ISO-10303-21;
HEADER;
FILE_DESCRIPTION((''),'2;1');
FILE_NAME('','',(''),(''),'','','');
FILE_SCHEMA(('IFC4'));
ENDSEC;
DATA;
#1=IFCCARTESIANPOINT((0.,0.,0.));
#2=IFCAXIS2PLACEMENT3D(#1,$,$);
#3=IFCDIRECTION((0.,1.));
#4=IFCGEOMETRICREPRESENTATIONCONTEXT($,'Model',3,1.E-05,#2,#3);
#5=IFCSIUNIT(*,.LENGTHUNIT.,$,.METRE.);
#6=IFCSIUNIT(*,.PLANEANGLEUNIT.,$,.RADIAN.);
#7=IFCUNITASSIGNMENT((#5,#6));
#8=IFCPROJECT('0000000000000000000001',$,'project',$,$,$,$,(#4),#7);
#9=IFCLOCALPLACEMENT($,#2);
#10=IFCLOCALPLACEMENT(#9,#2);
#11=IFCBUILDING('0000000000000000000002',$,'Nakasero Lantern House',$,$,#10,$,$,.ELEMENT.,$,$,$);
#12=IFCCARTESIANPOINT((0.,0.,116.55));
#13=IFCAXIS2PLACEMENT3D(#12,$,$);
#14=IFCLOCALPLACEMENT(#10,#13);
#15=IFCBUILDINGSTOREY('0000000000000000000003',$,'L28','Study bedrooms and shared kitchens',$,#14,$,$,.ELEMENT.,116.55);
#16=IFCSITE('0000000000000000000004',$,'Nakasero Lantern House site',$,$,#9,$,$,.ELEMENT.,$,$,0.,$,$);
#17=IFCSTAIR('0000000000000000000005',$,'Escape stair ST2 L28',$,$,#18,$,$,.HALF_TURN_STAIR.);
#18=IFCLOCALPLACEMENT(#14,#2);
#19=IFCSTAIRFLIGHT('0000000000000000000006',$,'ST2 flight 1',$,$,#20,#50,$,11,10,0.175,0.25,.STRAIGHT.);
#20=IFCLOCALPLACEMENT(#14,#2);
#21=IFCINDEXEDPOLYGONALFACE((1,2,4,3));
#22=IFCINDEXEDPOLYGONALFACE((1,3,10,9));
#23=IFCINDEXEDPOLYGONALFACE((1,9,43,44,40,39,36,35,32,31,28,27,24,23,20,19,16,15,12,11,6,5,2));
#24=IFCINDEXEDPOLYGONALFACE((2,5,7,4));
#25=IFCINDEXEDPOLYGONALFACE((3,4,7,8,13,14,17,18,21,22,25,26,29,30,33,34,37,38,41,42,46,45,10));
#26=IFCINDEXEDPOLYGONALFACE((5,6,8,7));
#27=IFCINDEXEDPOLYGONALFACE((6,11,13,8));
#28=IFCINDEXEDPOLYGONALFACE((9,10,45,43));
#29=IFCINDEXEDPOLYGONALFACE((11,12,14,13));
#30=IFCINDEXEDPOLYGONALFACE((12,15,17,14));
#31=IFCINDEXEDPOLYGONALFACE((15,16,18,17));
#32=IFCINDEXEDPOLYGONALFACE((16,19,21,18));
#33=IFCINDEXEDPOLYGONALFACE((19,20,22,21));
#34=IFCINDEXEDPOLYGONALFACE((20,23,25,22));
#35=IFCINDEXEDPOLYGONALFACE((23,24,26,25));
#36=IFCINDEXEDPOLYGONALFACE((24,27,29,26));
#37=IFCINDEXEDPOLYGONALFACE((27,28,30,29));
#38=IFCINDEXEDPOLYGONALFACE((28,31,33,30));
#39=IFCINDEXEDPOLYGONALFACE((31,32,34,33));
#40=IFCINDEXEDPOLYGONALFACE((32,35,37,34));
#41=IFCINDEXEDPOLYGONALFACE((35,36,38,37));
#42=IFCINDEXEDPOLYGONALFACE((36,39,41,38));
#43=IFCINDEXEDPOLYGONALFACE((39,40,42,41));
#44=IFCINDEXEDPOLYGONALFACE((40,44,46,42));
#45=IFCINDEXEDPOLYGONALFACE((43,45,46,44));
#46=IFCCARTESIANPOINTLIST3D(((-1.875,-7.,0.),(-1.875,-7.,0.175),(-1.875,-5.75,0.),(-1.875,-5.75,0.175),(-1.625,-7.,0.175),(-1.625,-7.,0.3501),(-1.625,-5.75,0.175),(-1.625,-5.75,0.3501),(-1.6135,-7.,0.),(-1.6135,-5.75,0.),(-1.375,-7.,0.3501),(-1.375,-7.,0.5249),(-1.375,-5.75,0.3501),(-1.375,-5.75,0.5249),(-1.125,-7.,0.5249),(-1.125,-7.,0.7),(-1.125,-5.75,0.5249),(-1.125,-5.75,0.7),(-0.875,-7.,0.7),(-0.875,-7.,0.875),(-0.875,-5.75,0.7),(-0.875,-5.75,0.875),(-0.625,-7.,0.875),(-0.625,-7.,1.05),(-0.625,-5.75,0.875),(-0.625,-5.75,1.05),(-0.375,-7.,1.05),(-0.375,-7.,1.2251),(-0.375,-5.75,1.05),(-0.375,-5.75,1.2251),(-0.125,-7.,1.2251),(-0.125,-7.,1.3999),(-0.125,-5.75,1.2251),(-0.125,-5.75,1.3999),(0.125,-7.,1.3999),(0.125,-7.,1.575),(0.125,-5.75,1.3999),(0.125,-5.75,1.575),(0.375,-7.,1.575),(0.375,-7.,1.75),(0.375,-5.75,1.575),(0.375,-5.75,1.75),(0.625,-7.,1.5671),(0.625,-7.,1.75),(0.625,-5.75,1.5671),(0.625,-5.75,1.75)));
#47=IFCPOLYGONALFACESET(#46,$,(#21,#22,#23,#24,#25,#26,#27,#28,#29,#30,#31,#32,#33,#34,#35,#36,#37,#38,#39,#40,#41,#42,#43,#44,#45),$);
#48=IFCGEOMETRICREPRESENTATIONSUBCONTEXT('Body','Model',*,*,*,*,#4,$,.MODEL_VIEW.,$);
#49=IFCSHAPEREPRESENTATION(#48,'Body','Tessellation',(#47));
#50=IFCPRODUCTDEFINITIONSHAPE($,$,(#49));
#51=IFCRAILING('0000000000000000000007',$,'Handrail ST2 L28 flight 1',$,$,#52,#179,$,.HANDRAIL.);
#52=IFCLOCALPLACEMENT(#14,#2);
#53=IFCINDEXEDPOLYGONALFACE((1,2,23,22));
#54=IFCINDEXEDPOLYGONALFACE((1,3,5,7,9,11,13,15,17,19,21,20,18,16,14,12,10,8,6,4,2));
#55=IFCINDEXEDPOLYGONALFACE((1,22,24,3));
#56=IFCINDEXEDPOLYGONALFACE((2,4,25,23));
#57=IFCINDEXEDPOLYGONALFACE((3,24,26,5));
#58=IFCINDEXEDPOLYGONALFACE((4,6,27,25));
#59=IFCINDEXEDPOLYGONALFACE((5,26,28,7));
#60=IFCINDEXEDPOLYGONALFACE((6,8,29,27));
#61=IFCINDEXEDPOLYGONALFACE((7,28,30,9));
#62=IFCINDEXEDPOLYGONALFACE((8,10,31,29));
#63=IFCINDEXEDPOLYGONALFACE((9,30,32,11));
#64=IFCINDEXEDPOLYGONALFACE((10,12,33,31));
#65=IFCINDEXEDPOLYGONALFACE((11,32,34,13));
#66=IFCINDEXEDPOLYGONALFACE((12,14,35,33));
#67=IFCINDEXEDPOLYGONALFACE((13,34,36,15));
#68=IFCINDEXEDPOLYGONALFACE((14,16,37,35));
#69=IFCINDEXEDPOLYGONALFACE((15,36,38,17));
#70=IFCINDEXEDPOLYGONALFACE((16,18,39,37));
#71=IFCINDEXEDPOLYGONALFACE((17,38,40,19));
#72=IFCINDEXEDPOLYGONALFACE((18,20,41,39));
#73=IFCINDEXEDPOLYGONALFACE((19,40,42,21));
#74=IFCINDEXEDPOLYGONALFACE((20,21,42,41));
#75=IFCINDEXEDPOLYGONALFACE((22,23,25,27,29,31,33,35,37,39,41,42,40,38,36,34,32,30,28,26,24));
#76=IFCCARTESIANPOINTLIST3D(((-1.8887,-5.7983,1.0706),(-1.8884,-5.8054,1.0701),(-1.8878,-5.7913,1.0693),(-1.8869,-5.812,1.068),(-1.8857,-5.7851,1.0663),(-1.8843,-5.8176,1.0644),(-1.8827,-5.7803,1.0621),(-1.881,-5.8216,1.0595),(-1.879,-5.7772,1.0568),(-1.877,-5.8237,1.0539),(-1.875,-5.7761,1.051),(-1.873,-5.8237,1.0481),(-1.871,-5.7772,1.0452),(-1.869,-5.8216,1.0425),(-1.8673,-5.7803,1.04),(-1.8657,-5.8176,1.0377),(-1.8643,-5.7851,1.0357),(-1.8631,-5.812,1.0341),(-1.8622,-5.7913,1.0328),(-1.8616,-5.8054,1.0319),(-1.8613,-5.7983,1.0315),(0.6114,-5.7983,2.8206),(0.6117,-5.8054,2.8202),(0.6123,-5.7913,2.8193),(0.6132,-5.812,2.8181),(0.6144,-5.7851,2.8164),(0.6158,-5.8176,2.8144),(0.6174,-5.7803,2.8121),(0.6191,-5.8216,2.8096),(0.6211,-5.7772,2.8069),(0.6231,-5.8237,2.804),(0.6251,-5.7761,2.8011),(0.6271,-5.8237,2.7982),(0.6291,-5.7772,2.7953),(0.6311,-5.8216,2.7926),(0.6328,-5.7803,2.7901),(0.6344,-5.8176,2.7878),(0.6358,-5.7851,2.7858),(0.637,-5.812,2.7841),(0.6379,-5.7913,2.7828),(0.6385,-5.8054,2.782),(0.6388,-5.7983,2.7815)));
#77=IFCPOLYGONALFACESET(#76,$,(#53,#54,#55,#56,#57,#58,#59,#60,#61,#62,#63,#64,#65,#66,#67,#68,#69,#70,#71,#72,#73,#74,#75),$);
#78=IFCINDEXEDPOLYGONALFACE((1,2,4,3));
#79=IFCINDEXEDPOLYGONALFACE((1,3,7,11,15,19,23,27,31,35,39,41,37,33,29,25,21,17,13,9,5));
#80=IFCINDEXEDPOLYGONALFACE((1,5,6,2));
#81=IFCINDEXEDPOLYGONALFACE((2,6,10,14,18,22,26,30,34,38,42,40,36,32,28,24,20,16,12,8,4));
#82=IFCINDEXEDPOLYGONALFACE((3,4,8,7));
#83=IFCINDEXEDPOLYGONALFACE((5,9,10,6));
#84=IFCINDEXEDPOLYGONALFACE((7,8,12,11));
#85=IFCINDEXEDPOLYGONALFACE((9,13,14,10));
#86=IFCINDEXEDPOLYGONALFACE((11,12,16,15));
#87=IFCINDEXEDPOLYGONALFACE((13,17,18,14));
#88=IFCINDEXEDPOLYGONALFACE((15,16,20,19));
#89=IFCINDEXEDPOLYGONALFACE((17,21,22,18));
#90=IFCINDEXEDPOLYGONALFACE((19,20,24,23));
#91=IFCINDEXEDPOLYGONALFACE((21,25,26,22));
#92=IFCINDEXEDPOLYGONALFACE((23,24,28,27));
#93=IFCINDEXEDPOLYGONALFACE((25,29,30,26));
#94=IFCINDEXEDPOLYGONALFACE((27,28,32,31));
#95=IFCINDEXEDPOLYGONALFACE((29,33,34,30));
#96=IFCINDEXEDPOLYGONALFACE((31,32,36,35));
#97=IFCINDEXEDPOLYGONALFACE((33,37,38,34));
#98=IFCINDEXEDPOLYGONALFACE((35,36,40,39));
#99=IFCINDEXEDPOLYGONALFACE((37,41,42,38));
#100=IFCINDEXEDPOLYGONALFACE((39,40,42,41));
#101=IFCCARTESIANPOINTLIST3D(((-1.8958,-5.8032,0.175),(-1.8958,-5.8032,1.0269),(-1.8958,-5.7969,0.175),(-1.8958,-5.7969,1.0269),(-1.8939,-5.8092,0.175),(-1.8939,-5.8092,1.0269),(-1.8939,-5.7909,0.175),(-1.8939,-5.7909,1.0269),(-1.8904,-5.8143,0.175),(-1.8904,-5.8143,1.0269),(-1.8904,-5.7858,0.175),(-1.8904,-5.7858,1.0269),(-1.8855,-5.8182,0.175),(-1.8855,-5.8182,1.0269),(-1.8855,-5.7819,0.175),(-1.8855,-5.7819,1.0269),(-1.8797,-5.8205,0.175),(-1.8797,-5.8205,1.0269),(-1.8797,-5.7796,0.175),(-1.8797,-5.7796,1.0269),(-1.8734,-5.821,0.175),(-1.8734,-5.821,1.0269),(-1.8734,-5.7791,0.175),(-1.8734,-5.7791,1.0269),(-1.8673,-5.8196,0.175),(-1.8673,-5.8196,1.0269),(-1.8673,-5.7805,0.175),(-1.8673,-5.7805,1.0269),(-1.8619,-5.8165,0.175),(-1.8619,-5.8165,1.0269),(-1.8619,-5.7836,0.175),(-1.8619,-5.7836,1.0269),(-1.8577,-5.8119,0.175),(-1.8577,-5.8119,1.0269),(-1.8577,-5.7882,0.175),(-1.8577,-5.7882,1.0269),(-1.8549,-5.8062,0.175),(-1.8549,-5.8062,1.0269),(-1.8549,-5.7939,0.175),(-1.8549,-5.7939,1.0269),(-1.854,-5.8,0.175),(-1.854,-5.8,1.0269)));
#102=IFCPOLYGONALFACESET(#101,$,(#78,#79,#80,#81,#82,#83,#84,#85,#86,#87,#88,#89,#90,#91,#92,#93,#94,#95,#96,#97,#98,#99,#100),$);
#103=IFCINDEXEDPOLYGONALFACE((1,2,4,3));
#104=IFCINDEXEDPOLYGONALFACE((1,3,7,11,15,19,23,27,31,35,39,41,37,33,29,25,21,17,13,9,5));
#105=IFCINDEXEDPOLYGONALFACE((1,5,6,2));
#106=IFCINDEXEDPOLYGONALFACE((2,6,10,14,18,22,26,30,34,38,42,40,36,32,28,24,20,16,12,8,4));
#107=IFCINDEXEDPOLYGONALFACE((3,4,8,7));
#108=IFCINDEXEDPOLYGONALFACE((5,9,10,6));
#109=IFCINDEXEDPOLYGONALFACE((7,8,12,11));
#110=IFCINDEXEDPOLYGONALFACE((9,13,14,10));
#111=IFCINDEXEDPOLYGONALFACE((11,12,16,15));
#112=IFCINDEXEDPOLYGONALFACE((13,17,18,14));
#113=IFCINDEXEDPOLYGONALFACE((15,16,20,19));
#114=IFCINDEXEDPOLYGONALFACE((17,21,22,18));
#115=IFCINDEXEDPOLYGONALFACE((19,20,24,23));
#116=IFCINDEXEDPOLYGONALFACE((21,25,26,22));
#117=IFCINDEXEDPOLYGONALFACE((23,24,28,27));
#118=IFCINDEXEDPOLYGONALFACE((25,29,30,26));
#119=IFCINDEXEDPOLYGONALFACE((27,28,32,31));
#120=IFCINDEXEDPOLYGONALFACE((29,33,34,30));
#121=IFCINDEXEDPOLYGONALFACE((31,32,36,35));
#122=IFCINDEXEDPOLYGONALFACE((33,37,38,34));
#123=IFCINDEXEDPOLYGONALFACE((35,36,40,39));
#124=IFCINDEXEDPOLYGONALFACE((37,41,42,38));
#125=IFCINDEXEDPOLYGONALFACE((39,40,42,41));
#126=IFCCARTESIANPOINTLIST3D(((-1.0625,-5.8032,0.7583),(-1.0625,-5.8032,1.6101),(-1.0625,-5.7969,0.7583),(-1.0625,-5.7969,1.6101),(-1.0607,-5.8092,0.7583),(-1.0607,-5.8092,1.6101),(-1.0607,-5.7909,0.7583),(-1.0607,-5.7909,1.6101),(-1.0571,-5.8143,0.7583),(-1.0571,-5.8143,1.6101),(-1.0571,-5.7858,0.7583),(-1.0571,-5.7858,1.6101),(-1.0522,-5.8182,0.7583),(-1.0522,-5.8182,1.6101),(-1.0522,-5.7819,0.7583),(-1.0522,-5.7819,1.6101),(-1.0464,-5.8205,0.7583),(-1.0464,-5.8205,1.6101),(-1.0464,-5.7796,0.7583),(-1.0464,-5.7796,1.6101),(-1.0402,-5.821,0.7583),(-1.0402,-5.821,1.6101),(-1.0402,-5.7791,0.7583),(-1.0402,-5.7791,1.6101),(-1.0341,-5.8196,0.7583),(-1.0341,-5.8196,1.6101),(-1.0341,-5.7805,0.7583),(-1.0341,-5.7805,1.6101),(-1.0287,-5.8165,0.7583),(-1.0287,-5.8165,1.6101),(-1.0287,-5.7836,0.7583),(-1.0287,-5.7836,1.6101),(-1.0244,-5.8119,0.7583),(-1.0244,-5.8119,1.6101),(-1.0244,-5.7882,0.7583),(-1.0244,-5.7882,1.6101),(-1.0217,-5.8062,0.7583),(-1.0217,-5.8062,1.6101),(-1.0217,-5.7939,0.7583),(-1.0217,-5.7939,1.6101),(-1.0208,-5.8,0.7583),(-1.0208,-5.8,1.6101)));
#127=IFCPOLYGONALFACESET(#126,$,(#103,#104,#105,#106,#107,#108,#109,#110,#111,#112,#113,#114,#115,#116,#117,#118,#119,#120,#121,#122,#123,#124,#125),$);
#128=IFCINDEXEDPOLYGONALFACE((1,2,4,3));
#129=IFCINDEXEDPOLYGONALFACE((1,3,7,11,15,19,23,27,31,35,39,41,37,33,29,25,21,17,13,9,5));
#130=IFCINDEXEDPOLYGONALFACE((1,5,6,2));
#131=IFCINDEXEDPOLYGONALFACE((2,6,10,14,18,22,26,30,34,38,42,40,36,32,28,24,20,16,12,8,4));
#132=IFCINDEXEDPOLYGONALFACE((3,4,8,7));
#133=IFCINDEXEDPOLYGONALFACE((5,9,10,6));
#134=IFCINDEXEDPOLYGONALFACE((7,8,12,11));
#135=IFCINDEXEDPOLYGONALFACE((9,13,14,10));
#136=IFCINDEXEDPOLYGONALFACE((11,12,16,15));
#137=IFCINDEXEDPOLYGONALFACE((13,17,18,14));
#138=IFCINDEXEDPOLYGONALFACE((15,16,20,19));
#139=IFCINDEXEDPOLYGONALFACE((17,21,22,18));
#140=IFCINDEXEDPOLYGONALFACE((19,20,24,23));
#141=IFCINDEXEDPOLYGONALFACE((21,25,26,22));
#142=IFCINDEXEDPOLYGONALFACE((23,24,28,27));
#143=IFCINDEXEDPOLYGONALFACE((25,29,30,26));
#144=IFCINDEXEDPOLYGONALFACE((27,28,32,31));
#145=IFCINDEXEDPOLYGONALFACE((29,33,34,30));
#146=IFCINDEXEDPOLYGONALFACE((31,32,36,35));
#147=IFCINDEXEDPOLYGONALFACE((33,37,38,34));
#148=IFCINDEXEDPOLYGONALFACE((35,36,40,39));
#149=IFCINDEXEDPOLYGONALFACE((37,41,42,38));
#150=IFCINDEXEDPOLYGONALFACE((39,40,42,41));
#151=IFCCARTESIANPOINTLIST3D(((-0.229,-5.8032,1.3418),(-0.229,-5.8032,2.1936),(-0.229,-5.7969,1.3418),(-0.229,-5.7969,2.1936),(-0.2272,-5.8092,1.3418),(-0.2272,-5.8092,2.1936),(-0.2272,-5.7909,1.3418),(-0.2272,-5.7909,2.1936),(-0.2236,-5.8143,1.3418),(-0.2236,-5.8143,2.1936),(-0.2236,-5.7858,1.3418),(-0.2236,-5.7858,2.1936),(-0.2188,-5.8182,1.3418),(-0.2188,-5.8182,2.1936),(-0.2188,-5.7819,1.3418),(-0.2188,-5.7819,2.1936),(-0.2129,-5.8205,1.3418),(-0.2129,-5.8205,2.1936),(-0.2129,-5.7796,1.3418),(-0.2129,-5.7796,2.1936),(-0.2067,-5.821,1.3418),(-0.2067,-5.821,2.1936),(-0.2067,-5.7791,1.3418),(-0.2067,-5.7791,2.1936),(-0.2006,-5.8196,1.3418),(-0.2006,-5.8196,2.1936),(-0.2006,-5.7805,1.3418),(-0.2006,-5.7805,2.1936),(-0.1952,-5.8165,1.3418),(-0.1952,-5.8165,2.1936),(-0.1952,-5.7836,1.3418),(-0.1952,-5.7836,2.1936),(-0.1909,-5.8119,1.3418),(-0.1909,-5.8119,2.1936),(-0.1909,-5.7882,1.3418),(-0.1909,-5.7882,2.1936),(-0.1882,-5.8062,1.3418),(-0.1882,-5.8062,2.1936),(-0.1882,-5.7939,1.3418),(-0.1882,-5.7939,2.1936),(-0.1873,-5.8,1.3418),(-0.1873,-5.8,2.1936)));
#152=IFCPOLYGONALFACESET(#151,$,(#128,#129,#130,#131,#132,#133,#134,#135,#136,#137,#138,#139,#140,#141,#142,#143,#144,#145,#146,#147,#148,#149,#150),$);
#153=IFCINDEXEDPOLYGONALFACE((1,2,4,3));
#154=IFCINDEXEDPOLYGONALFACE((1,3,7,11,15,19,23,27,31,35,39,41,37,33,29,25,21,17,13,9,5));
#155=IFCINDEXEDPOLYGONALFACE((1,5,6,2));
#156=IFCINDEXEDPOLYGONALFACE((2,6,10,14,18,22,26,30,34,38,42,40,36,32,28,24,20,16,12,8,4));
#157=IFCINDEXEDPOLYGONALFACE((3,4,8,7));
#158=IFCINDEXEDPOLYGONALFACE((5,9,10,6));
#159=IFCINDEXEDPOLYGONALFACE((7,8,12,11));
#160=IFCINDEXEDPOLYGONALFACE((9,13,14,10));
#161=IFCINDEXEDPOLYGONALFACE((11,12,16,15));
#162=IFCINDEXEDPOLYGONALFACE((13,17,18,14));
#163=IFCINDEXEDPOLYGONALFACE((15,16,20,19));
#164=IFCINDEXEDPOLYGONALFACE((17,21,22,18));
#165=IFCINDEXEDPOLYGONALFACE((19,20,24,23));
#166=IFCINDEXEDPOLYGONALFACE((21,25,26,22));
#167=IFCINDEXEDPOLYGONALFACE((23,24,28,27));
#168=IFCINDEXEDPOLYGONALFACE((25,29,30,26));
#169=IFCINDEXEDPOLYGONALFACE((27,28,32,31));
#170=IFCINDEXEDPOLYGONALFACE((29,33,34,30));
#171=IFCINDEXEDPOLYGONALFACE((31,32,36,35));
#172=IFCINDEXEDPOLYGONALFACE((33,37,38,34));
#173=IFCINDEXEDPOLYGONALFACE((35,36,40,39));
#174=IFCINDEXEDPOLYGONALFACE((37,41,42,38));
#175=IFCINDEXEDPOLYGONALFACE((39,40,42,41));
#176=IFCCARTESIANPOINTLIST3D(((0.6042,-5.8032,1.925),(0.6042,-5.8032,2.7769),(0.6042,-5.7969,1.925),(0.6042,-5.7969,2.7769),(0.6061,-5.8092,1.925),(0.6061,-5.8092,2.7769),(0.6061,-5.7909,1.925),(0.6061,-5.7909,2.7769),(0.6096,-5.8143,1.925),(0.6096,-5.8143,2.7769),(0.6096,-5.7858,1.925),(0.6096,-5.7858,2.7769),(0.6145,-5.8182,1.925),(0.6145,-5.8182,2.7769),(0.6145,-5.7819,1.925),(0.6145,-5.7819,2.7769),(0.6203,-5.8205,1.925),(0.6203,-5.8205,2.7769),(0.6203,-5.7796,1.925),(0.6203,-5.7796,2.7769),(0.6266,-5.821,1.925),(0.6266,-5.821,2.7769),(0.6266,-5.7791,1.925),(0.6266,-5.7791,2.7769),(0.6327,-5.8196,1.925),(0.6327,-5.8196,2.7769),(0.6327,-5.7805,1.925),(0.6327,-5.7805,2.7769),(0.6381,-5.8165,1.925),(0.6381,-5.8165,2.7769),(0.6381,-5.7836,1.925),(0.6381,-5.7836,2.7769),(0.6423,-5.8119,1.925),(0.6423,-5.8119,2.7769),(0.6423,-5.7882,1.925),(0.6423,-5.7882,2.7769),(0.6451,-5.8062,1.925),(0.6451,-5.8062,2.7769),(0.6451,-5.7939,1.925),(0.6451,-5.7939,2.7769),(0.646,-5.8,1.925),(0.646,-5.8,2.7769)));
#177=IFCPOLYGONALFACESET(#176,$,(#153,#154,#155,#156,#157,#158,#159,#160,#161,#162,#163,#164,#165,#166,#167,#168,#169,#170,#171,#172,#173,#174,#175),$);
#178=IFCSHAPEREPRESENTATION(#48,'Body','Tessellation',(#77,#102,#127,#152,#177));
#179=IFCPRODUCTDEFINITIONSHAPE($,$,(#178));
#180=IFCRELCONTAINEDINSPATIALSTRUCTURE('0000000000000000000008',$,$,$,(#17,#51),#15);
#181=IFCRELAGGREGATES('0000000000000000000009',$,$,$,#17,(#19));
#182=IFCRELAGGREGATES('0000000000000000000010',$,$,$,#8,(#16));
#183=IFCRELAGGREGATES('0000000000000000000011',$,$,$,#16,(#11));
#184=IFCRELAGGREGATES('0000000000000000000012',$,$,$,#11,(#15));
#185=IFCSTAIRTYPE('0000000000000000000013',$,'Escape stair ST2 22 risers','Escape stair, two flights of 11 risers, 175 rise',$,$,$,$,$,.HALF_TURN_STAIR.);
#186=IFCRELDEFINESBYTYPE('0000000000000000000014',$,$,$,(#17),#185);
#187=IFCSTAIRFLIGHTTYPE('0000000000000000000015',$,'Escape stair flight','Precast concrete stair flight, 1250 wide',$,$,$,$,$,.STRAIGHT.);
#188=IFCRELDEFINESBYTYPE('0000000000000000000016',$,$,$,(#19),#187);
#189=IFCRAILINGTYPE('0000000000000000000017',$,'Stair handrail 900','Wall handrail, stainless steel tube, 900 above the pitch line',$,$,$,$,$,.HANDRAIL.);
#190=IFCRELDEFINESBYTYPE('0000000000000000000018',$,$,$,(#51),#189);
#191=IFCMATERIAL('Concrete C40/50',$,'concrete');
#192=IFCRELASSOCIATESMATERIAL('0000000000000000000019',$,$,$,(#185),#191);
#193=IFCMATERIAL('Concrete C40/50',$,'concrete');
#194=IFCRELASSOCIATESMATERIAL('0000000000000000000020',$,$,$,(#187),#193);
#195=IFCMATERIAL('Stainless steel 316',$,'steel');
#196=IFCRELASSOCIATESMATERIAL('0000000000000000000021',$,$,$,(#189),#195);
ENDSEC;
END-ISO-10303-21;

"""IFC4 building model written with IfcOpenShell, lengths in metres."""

from ifc_helpers import new_model, si_unit, direction, frame, origin, origin_2d, place, context, subcontext, project, spatial, polyline, circle, outline, extrude, material, type_object, element, aggregate, save


model = new_model("IFC4")

# Units and contexts
model_context = context("Model", 3, precision=1e-05, world=origin(), true_north=direction((0.0, 1.0)))
body_context = subcontext(model_context, "Body", "Model", "MODEL_VIEW")
ifc_project = project(units=[si_unit("LENGTHUNIT", "METRE"), si_unit("PLANEANGLEUNIT", "RADIAN")], contexts=[model_context])

# Site, building, storey
site_placement = place(None, origin())
site = spatial("IfcSite", under=ifc_project, at=site_placement, Name="Nakasero Lantern House site", CompositionType="ELEMENT", RefElevation=0.0)
building_placement = place(site_placement, origin())
building = spatial("IfcBuilding", under=site, at=building_placement, Name="Nakasero Lantern House", CompositionType="ELEMENT")
storey_placement = place(building_placement, frame((0.0, 0.0, 116.55)))
storey = spatial("IfcBuildingStorey", under=building, at=storey_placement, Name="L28", Description="Study bedrooms and shared kitchens", CompositionType="ELEMENT", Elevation=116.55)

# Stair, stair flight
ifc_material_1 = material(Name="Concrete C40/50", Category="concrete")
stair_type = type_object("IfcStairType", Name="Escape stair ST2 22 risers", Description="Escape stair, two flights of 11 risers, 175 rise", PredefinedType="HALF_TURN_STAIR", material=ifc_material_1)
stair_placement = place(storey_placement, origin())
stair = element("IfcStair", 1, at=stair_placement, inside=storey, type_object=stair_type, Name="Escape stair ST2 L28", PredefinedType="HALF_TURN_STAIR")
ifc_material_2 = material(Name="Concrete C40/50", Category="concrete")
stair_flight_type = type_object("IfcStairFlightType", Name="Escape stair flight", Description="Precast concrete stair flight, 1250 wide", PredefinedType="STRAIGHT", material=ifc_material_2)
stair_flight_placement = place(storey_placement, frame((-1.875, -6.375, 0.0), z_axis=(0.0, 0.0, 1.0), x_axis=(1.0, 0.0, 0.0)))
stair_flight = element("IfcStairFlight", 2, at=stair_flight_placement, type_object=stair_flight_type, Name="ST2 flight 1", NumberOfRisers=11, NumberOfTreads=10, PredefinedType="STRAIGHT", RiserHeight=0.175, TreadLength=0.25, context=body_context, shape_type="SweptSolid", body=[
    extrude(outline(polyline([(0.0, 0.0), (0.0, 0.175), (0.25, 0.175), (0.25, 0.3501), (0.5, 0.3501), (0.5, 0.5249), (0.75, 0.5249), (0.75, 0.7), (1.0, 0.7), (1.0, 0.875), (1.25, 0.875), (1.25, 1.05), (1.5, 1.05), (1.5, 1.2251), (1.75, 1.2251), (1.75, 1.3999), (2.0, 1.3999), (2.0, 1.575), (2.25, 1.575), (2.25, 1.75), (2.5, 1.75), (2.5, 1.925), (2.5, 1.5671), (0.2615, 0.0), (0.0, 0.0)])), frame((0.0, 0.625, 0.0), z_axis=(0.0, -1.0, 0.0), x_axis=(1.0, 0.0, 0.0)), (0.0, 0.0, 1.0), 1.25),
])
aggregate(stair, [stair_flight])

# Railing
ifc_material_3 = material(Name="Stainless steel 316", Category="steel")
railing_type = type_object("IfcRailingType", Name="Stair handrail 900", Description="Wall handrail, stainless steel tube, 900 above the pitch line", PredefinedType="HANDRAIL", material=ifc_material_3)
railing_placement = place(storey_placement, frame((-1.875, -5.8, 0.175)))
element("IfcRailing", 3, at=railing_placement, inside=storey, type_object=railing_type, Name="Handrail ST2 L28 flight 1", PredefinedType="HANDRAIL", context=body_context, shape_type="SweptSolid", body=[
    extrude(circle(Radius=0.0239, at=origin_2d()), frame((0.0, 0.0, 0.876), z_axis=(0.819232, 0.0, 0.573462), x_axis=(0.0, 1.0, 0.0)), (0.0, 0.0, 1.0), 3.0518),
    extrude(circle(Radius=0.021, at=origin_2d()), origin(), (0.0, 0.0, 1.0), 0.8518),
    extrude(circle(Radius=0.021, at=origin_2d()), frame((0.8333, 0.0, 0.5833)), (0.0, 0.0, 1.0), 0.8518),
    extrude(circle(Radius=0.021, at=origin_2d()), frame((1.6667, 0.0, 1.1667)), (0.0, 0.0, 1.0), 0.8518),
    extrude(circle(Radius=0.021, at=origin_2d()), frame((2.5, 0.0, 1.75)), (0.0, 0.0, 1.0), 0.8518),
])

save(model, "model.ifc")
